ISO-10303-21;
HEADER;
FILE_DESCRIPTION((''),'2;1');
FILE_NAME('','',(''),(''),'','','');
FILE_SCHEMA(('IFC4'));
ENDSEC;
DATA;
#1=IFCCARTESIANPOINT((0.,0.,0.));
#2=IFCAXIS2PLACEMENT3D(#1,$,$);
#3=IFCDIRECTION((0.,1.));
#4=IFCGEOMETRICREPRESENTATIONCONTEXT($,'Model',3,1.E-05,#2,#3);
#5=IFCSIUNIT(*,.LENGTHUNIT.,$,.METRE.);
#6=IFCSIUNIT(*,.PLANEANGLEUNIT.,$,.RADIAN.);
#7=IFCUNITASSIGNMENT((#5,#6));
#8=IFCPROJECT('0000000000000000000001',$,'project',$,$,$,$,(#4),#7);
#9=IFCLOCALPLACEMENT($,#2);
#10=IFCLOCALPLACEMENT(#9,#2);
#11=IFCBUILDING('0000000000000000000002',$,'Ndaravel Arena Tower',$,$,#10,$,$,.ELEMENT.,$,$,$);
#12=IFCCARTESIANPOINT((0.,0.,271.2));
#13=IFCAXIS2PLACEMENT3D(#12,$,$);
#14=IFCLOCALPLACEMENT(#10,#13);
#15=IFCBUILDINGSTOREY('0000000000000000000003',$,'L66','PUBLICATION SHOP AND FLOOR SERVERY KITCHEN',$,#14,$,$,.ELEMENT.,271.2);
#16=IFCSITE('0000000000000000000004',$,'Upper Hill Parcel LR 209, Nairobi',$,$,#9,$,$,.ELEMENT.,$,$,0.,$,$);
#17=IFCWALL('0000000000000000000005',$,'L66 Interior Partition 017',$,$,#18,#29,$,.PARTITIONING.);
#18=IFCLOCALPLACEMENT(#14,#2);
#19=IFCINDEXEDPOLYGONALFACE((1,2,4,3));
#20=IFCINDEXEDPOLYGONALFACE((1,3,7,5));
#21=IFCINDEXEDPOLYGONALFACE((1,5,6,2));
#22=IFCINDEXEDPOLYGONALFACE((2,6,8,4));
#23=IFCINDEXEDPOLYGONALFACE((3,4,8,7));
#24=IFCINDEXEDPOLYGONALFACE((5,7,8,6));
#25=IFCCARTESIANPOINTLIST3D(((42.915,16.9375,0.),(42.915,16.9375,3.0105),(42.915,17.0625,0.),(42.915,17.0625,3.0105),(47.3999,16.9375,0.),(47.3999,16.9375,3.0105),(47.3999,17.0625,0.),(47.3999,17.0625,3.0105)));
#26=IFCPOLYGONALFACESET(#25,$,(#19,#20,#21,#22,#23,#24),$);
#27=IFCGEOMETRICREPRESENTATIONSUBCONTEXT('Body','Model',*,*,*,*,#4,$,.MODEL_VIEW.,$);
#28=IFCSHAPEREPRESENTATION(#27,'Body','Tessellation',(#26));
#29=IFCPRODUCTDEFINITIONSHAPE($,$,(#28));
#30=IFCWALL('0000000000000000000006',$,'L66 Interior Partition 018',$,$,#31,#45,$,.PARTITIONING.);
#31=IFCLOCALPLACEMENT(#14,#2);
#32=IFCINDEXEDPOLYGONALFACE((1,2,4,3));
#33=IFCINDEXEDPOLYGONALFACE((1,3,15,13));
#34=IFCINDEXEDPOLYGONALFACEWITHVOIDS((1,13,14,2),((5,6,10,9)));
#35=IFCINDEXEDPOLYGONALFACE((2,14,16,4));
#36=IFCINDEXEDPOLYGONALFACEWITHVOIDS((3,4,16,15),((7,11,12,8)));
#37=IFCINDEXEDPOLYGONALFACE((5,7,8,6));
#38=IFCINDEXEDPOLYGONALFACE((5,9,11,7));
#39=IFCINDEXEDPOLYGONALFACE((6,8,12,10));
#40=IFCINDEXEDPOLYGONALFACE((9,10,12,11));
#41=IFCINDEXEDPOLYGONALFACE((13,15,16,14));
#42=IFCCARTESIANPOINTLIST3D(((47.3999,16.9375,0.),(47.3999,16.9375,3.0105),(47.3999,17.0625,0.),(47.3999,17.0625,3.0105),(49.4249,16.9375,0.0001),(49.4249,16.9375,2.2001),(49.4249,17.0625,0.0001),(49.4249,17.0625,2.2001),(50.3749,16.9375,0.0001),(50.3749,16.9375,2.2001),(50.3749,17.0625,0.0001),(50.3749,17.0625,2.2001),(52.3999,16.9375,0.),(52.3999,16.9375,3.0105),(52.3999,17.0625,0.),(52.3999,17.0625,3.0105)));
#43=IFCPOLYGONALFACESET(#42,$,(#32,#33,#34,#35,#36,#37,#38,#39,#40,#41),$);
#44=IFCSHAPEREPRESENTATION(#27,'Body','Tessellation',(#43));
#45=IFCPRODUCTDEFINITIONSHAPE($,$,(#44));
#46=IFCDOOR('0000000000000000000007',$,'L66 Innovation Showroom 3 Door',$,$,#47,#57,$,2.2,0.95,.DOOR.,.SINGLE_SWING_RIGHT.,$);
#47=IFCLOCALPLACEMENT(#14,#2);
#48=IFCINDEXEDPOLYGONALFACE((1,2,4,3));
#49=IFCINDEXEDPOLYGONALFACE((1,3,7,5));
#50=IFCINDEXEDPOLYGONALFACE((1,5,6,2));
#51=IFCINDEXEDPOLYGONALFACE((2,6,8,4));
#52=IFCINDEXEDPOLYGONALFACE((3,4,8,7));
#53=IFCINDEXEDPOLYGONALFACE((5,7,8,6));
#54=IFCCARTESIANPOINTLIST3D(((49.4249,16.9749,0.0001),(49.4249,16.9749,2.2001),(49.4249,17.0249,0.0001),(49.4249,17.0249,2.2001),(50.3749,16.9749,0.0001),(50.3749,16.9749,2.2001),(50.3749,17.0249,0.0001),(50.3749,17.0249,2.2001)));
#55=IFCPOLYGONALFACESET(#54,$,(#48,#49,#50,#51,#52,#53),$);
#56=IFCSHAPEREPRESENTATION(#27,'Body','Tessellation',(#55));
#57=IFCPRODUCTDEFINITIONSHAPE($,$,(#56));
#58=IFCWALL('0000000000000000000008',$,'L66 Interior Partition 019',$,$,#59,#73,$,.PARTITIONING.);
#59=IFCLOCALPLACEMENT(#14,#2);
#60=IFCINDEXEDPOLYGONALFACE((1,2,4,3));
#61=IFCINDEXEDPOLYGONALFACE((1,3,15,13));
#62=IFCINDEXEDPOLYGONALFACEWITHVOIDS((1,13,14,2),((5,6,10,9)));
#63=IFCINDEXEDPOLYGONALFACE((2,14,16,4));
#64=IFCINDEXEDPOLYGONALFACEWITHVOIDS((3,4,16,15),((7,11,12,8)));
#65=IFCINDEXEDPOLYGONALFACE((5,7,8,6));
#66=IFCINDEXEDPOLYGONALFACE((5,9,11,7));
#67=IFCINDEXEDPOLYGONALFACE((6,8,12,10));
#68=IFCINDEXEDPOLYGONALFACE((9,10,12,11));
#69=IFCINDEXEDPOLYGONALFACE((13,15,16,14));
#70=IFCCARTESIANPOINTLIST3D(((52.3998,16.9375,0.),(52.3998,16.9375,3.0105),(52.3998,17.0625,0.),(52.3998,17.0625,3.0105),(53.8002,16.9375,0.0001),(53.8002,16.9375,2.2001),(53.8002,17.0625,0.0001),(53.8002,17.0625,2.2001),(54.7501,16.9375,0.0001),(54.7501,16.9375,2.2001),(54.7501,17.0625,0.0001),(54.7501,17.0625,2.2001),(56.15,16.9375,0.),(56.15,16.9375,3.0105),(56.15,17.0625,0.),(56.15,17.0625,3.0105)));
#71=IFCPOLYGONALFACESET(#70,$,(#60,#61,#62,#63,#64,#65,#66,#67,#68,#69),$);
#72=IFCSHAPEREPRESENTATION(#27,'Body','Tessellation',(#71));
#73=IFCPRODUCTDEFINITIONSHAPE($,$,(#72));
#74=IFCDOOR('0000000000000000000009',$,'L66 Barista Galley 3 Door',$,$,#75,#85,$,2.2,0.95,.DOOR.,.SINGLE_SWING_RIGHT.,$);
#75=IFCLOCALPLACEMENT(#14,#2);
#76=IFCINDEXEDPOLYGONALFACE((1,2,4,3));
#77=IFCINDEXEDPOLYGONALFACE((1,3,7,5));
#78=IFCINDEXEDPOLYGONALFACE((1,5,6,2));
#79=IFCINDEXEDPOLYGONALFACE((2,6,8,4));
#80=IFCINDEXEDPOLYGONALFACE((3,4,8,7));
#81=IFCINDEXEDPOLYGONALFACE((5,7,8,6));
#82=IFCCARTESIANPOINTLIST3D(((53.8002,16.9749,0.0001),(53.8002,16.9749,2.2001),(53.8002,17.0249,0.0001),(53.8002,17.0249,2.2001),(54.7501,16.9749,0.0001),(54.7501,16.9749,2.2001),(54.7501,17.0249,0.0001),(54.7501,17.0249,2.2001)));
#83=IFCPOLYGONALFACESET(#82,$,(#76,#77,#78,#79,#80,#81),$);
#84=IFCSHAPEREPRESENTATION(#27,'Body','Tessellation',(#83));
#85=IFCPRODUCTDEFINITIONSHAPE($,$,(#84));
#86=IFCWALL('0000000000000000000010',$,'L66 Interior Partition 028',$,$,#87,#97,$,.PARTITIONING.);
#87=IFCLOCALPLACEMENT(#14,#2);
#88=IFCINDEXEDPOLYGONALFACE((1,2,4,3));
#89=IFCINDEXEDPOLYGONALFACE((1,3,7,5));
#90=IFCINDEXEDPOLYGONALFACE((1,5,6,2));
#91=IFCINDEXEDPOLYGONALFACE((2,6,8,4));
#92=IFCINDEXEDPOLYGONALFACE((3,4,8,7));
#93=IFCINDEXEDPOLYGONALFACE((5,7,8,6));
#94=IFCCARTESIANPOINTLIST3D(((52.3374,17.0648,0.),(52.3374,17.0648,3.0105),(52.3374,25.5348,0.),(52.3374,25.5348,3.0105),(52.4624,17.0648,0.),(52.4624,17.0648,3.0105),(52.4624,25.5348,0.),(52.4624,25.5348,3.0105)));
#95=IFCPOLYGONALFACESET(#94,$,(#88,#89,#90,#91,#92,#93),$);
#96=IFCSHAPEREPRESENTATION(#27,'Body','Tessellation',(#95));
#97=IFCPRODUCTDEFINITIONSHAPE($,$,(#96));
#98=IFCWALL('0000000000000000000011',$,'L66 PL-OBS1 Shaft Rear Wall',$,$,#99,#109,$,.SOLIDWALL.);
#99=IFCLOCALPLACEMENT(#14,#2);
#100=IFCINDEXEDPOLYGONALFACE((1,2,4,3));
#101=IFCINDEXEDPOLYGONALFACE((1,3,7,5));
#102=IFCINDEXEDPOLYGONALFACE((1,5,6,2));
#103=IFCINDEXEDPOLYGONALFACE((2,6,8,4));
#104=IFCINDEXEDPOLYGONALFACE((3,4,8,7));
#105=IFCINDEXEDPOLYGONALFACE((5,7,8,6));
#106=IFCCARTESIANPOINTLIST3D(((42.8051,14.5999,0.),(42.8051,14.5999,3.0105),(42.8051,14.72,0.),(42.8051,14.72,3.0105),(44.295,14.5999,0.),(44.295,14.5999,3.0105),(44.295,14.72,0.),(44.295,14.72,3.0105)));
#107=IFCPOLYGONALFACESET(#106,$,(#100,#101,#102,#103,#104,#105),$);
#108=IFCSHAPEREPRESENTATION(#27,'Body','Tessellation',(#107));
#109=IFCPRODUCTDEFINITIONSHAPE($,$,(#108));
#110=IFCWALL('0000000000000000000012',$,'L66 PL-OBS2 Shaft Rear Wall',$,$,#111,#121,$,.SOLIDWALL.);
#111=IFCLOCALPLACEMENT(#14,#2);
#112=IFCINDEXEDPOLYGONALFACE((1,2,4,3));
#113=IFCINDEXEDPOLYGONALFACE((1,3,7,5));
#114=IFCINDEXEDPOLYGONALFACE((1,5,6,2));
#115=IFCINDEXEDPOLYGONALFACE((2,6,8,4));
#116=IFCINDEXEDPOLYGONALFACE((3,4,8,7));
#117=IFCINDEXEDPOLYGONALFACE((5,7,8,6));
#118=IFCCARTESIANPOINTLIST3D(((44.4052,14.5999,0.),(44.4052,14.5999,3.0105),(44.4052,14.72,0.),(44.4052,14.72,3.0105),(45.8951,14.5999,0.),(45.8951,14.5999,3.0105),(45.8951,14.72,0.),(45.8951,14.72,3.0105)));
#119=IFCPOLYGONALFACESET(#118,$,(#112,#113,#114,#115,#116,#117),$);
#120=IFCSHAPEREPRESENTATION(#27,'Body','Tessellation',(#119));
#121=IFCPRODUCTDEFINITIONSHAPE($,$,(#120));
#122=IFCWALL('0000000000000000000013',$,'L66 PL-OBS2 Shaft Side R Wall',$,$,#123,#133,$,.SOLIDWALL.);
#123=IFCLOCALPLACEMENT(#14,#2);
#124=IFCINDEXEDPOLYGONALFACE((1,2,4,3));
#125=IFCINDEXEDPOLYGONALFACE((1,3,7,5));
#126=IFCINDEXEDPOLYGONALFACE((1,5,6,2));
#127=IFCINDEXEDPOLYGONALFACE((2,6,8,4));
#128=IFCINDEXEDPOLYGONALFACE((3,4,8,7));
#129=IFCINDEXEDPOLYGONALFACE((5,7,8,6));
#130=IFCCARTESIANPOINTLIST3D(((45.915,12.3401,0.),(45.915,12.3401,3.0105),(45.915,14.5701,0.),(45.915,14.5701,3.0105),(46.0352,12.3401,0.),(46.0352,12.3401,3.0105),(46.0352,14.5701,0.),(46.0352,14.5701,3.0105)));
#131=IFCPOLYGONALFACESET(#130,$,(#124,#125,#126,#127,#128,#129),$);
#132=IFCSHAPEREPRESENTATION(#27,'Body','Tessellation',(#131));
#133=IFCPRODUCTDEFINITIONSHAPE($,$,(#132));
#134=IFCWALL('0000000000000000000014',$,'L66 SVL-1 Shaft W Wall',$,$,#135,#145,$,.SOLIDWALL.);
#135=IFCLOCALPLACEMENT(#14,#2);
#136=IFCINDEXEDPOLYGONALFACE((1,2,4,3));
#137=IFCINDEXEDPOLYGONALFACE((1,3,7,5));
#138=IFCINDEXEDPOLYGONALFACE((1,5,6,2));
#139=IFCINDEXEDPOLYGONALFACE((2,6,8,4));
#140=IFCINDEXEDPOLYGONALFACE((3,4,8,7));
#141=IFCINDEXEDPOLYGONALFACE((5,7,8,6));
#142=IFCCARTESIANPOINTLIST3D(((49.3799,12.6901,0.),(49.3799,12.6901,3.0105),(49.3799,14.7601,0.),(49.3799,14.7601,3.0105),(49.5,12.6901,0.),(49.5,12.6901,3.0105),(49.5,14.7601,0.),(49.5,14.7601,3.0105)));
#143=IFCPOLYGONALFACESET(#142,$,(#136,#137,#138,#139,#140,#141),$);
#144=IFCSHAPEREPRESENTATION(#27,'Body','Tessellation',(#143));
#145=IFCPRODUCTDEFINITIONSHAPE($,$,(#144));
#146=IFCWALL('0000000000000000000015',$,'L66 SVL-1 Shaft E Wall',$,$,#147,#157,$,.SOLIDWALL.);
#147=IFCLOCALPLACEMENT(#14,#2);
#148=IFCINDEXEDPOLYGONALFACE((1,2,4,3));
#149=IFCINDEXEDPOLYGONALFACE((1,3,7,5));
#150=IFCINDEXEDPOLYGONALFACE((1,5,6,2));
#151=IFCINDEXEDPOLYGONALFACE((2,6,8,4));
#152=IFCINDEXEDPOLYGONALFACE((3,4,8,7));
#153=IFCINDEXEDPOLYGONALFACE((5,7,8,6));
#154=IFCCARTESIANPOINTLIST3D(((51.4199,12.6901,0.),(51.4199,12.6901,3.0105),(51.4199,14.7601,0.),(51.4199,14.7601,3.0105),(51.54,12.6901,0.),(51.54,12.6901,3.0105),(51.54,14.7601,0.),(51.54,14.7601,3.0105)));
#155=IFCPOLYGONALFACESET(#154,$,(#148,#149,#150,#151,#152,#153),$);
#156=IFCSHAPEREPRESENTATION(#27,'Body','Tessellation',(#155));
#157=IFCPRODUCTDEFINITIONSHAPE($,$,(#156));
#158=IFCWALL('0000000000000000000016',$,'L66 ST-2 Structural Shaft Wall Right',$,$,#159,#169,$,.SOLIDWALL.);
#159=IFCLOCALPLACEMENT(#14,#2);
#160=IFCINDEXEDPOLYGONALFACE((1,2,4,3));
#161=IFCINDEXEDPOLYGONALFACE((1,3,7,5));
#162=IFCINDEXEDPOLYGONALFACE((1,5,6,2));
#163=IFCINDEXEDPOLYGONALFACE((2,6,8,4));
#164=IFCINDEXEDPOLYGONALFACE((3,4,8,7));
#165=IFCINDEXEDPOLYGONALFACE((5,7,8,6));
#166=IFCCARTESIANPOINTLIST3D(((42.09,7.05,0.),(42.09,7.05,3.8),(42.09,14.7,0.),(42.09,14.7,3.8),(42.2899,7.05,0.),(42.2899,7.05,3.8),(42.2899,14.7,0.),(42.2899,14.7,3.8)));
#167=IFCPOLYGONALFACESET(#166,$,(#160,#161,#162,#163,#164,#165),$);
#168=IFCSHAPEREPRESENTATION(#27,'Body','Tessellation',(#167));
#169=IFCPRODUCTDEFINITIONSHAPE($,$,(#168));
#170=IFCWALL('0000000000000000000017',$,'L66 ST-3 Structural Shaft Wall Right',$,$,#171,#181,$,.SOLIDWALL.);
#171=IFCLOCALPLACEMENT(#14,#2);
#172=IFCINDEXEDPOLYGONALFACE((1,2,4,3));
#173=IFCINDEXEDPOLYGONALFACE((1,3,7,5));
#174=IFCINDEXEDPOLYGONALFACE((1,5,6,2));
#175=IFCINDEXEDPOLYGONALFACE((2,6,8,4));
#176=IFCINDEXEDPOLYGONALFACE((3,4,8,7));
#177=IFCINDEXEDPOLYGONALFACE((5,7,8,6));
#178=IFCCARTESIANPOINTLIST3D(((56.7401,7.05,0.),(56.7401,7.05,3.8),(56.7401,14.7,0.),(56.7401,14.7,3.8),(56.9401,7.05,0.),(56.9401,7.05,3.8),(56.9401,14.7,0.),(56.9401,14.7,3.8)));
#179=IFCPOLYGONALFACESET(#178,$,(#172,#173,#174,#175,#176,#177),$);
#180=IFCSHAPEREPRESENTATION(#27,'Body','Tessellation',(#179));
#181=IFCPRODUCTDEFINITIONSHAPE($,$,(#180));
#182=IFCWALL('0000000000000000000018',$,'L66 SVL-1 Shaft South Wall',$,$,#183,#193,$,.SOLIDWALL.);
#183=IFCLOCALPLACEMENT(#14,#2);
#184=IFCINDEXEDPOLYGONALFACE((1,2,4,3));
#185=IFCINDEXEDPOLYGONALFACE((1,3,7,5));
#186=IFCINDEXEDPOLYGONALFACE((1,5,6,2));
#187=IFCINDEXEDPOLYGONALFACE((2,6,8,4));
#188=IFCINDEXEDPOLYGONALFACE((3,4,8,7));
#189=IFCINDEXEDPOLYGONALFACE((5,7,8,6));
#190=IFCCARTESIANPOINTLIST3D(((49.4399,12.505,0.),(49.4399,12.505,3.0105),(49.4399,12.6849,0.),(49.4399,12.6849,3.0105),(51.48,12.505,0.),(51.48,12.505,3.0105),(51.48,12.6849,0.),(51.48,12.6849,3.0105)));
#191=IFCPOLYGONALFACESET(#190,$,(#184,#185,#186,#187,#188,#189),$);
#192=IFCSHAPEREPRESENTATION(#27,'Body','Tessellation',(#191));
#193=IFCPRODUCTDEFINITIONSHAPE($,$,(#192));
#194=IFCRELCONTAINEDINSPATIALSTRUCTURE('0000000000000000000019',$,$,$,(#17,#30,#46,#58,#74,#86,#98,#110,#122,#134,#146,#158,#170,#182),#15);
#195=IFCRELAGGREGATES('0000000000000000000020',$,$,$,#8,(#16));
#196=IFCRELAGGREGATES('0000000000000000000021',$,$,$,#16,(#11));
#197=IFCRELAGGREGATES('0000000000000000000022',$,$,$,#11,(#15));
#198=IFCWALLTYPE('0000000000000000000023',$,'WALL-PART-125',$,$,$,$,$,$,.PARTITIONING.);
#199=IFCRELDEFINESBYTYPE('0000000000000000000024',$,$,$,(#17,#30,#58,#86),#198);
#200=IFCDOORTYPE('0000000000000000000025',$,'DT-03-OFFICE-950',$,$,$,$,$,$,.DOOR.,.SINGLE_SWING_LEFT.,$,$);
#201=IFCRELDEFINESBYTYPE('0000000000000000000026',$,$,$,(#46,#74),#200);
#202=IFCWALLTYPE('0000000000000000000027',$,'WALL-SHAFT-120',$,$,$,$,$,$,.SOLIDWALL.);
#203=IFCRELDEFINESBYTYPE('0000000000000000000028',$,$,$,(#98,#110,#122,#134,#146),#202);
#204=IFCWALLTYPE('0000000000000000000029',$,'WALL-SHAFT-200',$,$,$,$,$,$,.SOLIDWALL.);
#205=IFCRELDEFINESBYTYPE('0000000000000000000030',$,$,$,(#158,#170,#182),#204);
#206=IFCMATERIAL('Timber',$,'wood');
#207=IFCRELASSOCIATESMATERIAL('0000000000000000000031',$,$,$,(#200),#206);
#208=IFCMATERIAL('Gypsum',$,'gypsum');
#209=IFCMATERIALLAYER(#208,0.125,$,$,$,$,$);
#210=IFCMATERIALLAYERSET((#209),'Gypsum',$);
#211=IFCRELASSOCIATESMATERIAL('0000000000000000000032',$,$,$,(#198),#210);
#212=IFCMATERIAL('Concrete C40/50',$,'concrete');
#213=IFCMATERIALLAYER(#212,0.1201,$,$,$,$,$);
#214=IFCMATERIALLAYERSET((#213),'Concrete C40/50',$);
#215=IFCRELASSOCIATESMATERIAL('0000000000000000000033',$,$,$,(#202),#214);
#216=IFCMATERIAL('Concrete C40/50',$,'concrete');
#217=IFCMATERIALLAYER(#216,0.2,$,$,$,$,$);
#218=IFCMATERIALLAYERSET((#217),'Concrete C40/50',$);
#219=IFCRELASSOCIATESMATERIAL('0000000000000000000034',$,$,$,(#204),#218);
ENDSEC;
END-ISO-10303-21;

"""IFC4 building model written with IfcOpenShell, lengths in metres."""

from ifc_helpers import new_model, si_unit, direction, frame, frame_2d, origin, place, context, subcontext, project, spatial, rectangle, extrude, material, layer, layer_set, type_object, element, fill, save


model = new_model("IFC4")

# Units and contexts
model_context = context("Model", 3, precision=1e-05, world=origin(), true_north=direction((0.0, 1.0)))
body_context = subcontext(model_context, "Body", "Model", "MODEL_VIEW")
ifc_project = project(units=[si_unit("LENGTHUNIT", "METRE"), si_unit("PLANEANGLEUNIT", "RADIAN")], contexts=[model_context])

# Site, building, storey
site_placement = place(None, origin())
site = spatial("IfcSite", under=ifc_project, at=site_placement, Name="Upper Hill Parcel LR 209, Nairobi", CompositionType="ELEMENT", RefElevation=0.0)
building_placement = place(site_placement, origin())
building = spatial("IfcBuilding", under=site, at=building_placement, Name="Ndaravel Arena Tower", CompositionType="ELEMENT")
storey_placement = place(building_placement, frame((0.0, 0.0, 271.2)))
storey = spatial("IfcBuildingStorey", under=building, at=storey_placement, Name="L66", Description="PUBLICATION SHOP AND FLOOR SERVERY KITCHEN", CompositionType="ELEMENT", Elevation=271.2)

# Shared definitions
ifc_material_1 = material(Name="Timber", Category="wood")
door_type_1 = type_object("IfcDoorType", Name="DT-03-OFFICE-950", OperationType="SINGLE_SWING_LEFT", PredefinedType="DOOR", material=ifc_material_1)

# Wall
ifc_material_2 = material(Name="Gypsum", Category="gypsum")
ifc_layer_1 = layer(ifc_material_2, 0.125)
ifc_layer_set_1 = layer_set([ifc_layer_1], Name="Gypsum")
wall_type_1 = type_object("IfcWallType", Name="WALL-PART-125", PredefinedType="PARTITIONING", material=ifc_layer_set_1)
wall_1_placement = place(storey_placement, frame((42.915, 17.0, 0.0), z_axis=(0.0, 0.0, 1.0), x_axis=(1.0, 0.0, 0.0)))
element("IfcWall", 1, at=wall_1_placement, inside=storey, type_object=wall_type_1, Name="L66 Interior Partition 017", PredefinedType="PARTITIONING", context=body_context, shape_type="SweptSolid", body=[
    extrude(rectangle(XDim=4.4849, YDim=0.125, at=frame_2d((2.2424, 0.0))), origin(), (0.0, 0.0, 1.0), 3.0105),
])

# Walls, openings, doors
wall_2_placement = place(storey_placement, frame((47.3999, 17.0, 0.0), z_axis=(0.0, 0.0, 1.0), x_axis=(1.0, 0.0, 0.0)))
wall_2 = element("IfcWall", 2, at=wall_2_placement, inside=storey, type_object=wall_type_1, Name="L66 Interior Partition 018", PredefinedType="PARTITIONING", context=body_context, shape_type="SweptSolid", body=[
    extrude(rectangle(XDim=5.0, YDim=0.125, at=frame_2d((2.5, 0.0))), origin(), (0.0, 0.0, 1.0), 3.0105),
])
opening_1_placement = place(wall_2_placement, frame((2.0249, 0.0, 0.0)))
opening_1 = element("IfcOpeningElement", 3, at=opening_1_placement, cuts=wall_2, PredefinedType="OPENING", context=body_context, shape_type="SweptSolid", body=[
    extrude(rectangle(XDim=0.95, YDim=2.2, at=frame_2d((0.4751, 1.1001))), frame((0.0, 0.0625, 0.0), z_axis=(0.0, -1.0, 0.0), x_axis=(1.0, 0.0, 0.0)), (0.0, 0.0, 1.0), 0.125),
])
door_1_placement = place(opening_1_placement, origin())
door_1 = element("IfcDoor", 4, at=door_1_placement, inside=storey, type_object=door_type_1, Name="L66 Innovation Showroom 3 Door", OperationType="SINGLE_SWING_RIGHT", OverallHeight=2.2, OverallWidth=0.95, PredefinedType="DOOR", context=body_context, shape_type="SweptSolid", body=[
    extrude(rectangle(XDim=0.95, YDim=2.2, at=frame_2d((0.4751, 1.1001))), frame((0.0, 0.0249, 0.0), z_axis=(0.0, -1.0, 0.0), x_axis=(1.0, 0.0, 0.0)), (0.0, 0.0, 1.0), 0.05),
])
fill(opening_1, door_1)
wall_3_placement = place(storey_placement, frame((52.3999, 17.0, 0.0), z_axis=(0.0, 0.0, 1.0), x_axis=(1.0, 0.0, 0.0)))
wall_3 = element("IfcWall", 5, at=wall_3_placement, inside=storey, type_object=wall_type_1, Name="L66 Interior Partition 019", PredefinedType="PARTITIONING", context=body_context, shape_type="SweptSolid", body=[
    extrude(rectangle(XDim=3.7502, YDim=0.125, at=frame_2d((1.875, 0.0))), origin(), (0.0, 0.0, 1.0), 3.0105),
])
opening_2_placement = place(wall_3_placement, frame((1.4001, 0.0, 0.0)))
opening_2 = element("IfcOpeningElement", 6, at=opening_2_placement, cuts=wall_3, PredefinedType="OPENING", context=body_context, shape_type="SweptSolid", body=[
    extrude(rectangle(XDim=0.95, YDim=2.2, at=frame_2d((0.4751, 1.1001))), frame((0.0, 0.0625, 0.0), z_axis=(0.0, -1.0, 0.0), x_axis=(1.0, 0.0, 0.0)), (0.0, 0.0, 1.0), 0.125),
])
door_2_placement = place(opening_2_placement, origin())
door_2 = element("IfcDoor", 7, at=door_2_placement, inside=storey, type_object=door_type_1, Name="L66 Barista Galley 3 Door", OperationType="SINGLE_SWING_RIGHT", OverallHeight=2.2, OverallWidth=0.95, PredefinedType="DOOR", context=body_context, shape_type="SweptSolid", body=[
    extrude(rectangle(XDim=0.95, YDim=2.2, at=frame_2d((0.4751, 1.1001))), frame((0.0, 0.0249, 0.0), z_axis=(0.0, -1.0, 0.0), x_axis=(1.0, 0.0, 0.0)), (0.0, 0.0, 1.0), 0.05),
])
fill(opening_2, door_2)

# Walls
wall_4_placement = place(storey_placement, frame((52.3999, 17.0649, 0.0), z_axis=(0.0, 0.0, 1.0), x_axis=(0.0, 1.0, 0.0)))
element("IfcWall", 8, at=wall_4_placement, inside=storey, type_object=wall_type_1, Name="L66 Interior Partition 028", PredefinedType="PARTITIONING", context=body_context, shape_type="SweptSolid", body=[
    extrude(rectangle(XDim=8.47, YDim=0.125, at=frame_2d((4.2349, 0.0))), origin(), (0.0, 0.0, 1.0), 3.0105),
])
ifc_material_3 = material(Name="Concrete C40/50", Category="concrete")
ifc_layer_2 = layer(ifc_material_3, 0.1201)
ifc_layer_set_2 = layer_set([ifc_layer_2], Name="Concrete C40/50")
wall_type_2 = type_object("IfcWallType", Name="WALL-SHAFT-120", PredefinedType="SOLIDWALL", material=ifc_layer_set_2)
for number, where, z_axis, x_axis, name in (
    (9, (42.8049, 14.6599, 0.0), (0.0, 0.0, 1.0), (1.0, 0.0, 0.0), "L66 PL-OBS1 Shaft Rear Wall"),
    (10, (44.405, 14.6599, 0.0), (0.0, 0.0, 1.0), (1.0, 0.0, 0.0), "L66 PL-OBS2 Shaft Rear Wall"),
):
    element("IfcWall", number, at=place(storey_placement, frame(where, z_axis=z_axis, x_axis=x_axis)), inside=storey, type_object=wall_type_2, Name=name, PredefinedType="SOLIDWALL", context=body_context, shape_type="SweptSolid", body=[
        extrude(rectangle(XDim=1.49, YDim=0.1201, at=frame_2d((0.7451, 0.0))), origin(), (0.0, 0.0, 1.0), 3.0105),
    ])
wall_5_placement = place(storey_placement, frame((45.9751, 12.3401, 0.0), z_axis=(0.0, 0.0, 1.0), x_axis=(0.0, 1.0, 0.0)))
element("IfcWall", 11, at=wall_5_placement, inside=storey, type_object=wall_type_2, Name="L66 PL-OBS2 Shaft Side R Wall", PredefinedType="SOLIDWALL", context=body_context, shape_type="SweptSolid", body=[
    extrude(rectangle(XDim=2.23, YDim=0.1201, at=frame_2d((1.115, 0.0))), origin(), (0.0, 0.0, 1.0), 3.0105),
])
for number, where, z_axis, x_axis, name in (
    (12, (49.4399, 12.6899, 0.0), (0.0, 0.0, 1.0), (0.0, 1.0, 0.0), "L66 SVL-1 Shaft W Wall"),
    (13, (51.48, 12.6899, 0.0), (0.0, 0.0, 1.0), (0.0, 1.0, 0.0), "L66 SVL-1 Shaft E Wall"),
):
    element("IfcWall", number, at=place(storey_placement, frame(where, z_axis=z_axis, x_axis=x_axis)), inside=storey, type_object=wall_type_2, Name=name, PredefinedType="SOLIDWALL", context=body_context, shape_type="SweptSolid", body=[
        extrude(rectangle(XDim=2.0701, YDim=0.1201, at=frame_2d((1.0352, 0.0))), origin(), (0.0, 0.0, 1.0), 3.0105),
    ])
ifc_material_4 = material(Name="Concrete C40/50", Category="concrete")
ifc_layer_3 = layer(ifc_material_4, 0.2)
ifc_layer_set_3 = layer_set([ifc_layer_3], Name="Concrete C40/50")
wall_type_3 = type_object("IfcWallType", Name="WALL-SHAFT-200", PredefinedType="SOLIDWALL", material=ifc_layer_set_3)
for number, where, z_axis, x_axis, name in (
    (14, (42.1899, 14.7, 0.0), (0.0, 0.0, 1.0), (0.0, -1.0, 0.0), "L66 ST-2 Structural Shaft Wall Right"),
    (15, (56.8401, 14.7, 0.0), (0.0, 0.0, 1.0), (0.0, -1.0, 0.0), "L66 ST-3 Structural Shaft Wall Right"),
):
    element("IfcWall", number, at=place(storey_placement, frame(where, z_axis=z_axis, x_axis=x_axis)), inside=storey, type_object=wall_type_3, Name=name, PredefinedType="SOLIDWALL", context=body_context, shape_type="SweptSolid", body=[
        extrude(rectangle(XDim=7.6499, YDim=0.2, at=frame_2d((3.825, 0.0))), origin(), (0.0, 0.0, 1.0), 3.8),
    ])
wall_6_placement = place(storey_placement, frame((49.4399, 12.595, 0.0), z_axis=(0.0, 0.0, 1.0), x_axis=(1.0, 0.0, 0.0)))
element("IfcWall", 16, at=wall_6_placement, inside=storey, type_object=wall_type_3, Name="L66 SVL-1 Shaft South Wall", PredefinedType="SOLIDWALL", context=body_context, shape_type="SweptSolid", body=[
    extrude(rectangle(XDim=2.04, YDim=0.1799, at=frame_2d((1.02, 0.0))), origin(), (0.0, 0.0, 1.0), 3.0105),
])

save(model, "model.ifc")
